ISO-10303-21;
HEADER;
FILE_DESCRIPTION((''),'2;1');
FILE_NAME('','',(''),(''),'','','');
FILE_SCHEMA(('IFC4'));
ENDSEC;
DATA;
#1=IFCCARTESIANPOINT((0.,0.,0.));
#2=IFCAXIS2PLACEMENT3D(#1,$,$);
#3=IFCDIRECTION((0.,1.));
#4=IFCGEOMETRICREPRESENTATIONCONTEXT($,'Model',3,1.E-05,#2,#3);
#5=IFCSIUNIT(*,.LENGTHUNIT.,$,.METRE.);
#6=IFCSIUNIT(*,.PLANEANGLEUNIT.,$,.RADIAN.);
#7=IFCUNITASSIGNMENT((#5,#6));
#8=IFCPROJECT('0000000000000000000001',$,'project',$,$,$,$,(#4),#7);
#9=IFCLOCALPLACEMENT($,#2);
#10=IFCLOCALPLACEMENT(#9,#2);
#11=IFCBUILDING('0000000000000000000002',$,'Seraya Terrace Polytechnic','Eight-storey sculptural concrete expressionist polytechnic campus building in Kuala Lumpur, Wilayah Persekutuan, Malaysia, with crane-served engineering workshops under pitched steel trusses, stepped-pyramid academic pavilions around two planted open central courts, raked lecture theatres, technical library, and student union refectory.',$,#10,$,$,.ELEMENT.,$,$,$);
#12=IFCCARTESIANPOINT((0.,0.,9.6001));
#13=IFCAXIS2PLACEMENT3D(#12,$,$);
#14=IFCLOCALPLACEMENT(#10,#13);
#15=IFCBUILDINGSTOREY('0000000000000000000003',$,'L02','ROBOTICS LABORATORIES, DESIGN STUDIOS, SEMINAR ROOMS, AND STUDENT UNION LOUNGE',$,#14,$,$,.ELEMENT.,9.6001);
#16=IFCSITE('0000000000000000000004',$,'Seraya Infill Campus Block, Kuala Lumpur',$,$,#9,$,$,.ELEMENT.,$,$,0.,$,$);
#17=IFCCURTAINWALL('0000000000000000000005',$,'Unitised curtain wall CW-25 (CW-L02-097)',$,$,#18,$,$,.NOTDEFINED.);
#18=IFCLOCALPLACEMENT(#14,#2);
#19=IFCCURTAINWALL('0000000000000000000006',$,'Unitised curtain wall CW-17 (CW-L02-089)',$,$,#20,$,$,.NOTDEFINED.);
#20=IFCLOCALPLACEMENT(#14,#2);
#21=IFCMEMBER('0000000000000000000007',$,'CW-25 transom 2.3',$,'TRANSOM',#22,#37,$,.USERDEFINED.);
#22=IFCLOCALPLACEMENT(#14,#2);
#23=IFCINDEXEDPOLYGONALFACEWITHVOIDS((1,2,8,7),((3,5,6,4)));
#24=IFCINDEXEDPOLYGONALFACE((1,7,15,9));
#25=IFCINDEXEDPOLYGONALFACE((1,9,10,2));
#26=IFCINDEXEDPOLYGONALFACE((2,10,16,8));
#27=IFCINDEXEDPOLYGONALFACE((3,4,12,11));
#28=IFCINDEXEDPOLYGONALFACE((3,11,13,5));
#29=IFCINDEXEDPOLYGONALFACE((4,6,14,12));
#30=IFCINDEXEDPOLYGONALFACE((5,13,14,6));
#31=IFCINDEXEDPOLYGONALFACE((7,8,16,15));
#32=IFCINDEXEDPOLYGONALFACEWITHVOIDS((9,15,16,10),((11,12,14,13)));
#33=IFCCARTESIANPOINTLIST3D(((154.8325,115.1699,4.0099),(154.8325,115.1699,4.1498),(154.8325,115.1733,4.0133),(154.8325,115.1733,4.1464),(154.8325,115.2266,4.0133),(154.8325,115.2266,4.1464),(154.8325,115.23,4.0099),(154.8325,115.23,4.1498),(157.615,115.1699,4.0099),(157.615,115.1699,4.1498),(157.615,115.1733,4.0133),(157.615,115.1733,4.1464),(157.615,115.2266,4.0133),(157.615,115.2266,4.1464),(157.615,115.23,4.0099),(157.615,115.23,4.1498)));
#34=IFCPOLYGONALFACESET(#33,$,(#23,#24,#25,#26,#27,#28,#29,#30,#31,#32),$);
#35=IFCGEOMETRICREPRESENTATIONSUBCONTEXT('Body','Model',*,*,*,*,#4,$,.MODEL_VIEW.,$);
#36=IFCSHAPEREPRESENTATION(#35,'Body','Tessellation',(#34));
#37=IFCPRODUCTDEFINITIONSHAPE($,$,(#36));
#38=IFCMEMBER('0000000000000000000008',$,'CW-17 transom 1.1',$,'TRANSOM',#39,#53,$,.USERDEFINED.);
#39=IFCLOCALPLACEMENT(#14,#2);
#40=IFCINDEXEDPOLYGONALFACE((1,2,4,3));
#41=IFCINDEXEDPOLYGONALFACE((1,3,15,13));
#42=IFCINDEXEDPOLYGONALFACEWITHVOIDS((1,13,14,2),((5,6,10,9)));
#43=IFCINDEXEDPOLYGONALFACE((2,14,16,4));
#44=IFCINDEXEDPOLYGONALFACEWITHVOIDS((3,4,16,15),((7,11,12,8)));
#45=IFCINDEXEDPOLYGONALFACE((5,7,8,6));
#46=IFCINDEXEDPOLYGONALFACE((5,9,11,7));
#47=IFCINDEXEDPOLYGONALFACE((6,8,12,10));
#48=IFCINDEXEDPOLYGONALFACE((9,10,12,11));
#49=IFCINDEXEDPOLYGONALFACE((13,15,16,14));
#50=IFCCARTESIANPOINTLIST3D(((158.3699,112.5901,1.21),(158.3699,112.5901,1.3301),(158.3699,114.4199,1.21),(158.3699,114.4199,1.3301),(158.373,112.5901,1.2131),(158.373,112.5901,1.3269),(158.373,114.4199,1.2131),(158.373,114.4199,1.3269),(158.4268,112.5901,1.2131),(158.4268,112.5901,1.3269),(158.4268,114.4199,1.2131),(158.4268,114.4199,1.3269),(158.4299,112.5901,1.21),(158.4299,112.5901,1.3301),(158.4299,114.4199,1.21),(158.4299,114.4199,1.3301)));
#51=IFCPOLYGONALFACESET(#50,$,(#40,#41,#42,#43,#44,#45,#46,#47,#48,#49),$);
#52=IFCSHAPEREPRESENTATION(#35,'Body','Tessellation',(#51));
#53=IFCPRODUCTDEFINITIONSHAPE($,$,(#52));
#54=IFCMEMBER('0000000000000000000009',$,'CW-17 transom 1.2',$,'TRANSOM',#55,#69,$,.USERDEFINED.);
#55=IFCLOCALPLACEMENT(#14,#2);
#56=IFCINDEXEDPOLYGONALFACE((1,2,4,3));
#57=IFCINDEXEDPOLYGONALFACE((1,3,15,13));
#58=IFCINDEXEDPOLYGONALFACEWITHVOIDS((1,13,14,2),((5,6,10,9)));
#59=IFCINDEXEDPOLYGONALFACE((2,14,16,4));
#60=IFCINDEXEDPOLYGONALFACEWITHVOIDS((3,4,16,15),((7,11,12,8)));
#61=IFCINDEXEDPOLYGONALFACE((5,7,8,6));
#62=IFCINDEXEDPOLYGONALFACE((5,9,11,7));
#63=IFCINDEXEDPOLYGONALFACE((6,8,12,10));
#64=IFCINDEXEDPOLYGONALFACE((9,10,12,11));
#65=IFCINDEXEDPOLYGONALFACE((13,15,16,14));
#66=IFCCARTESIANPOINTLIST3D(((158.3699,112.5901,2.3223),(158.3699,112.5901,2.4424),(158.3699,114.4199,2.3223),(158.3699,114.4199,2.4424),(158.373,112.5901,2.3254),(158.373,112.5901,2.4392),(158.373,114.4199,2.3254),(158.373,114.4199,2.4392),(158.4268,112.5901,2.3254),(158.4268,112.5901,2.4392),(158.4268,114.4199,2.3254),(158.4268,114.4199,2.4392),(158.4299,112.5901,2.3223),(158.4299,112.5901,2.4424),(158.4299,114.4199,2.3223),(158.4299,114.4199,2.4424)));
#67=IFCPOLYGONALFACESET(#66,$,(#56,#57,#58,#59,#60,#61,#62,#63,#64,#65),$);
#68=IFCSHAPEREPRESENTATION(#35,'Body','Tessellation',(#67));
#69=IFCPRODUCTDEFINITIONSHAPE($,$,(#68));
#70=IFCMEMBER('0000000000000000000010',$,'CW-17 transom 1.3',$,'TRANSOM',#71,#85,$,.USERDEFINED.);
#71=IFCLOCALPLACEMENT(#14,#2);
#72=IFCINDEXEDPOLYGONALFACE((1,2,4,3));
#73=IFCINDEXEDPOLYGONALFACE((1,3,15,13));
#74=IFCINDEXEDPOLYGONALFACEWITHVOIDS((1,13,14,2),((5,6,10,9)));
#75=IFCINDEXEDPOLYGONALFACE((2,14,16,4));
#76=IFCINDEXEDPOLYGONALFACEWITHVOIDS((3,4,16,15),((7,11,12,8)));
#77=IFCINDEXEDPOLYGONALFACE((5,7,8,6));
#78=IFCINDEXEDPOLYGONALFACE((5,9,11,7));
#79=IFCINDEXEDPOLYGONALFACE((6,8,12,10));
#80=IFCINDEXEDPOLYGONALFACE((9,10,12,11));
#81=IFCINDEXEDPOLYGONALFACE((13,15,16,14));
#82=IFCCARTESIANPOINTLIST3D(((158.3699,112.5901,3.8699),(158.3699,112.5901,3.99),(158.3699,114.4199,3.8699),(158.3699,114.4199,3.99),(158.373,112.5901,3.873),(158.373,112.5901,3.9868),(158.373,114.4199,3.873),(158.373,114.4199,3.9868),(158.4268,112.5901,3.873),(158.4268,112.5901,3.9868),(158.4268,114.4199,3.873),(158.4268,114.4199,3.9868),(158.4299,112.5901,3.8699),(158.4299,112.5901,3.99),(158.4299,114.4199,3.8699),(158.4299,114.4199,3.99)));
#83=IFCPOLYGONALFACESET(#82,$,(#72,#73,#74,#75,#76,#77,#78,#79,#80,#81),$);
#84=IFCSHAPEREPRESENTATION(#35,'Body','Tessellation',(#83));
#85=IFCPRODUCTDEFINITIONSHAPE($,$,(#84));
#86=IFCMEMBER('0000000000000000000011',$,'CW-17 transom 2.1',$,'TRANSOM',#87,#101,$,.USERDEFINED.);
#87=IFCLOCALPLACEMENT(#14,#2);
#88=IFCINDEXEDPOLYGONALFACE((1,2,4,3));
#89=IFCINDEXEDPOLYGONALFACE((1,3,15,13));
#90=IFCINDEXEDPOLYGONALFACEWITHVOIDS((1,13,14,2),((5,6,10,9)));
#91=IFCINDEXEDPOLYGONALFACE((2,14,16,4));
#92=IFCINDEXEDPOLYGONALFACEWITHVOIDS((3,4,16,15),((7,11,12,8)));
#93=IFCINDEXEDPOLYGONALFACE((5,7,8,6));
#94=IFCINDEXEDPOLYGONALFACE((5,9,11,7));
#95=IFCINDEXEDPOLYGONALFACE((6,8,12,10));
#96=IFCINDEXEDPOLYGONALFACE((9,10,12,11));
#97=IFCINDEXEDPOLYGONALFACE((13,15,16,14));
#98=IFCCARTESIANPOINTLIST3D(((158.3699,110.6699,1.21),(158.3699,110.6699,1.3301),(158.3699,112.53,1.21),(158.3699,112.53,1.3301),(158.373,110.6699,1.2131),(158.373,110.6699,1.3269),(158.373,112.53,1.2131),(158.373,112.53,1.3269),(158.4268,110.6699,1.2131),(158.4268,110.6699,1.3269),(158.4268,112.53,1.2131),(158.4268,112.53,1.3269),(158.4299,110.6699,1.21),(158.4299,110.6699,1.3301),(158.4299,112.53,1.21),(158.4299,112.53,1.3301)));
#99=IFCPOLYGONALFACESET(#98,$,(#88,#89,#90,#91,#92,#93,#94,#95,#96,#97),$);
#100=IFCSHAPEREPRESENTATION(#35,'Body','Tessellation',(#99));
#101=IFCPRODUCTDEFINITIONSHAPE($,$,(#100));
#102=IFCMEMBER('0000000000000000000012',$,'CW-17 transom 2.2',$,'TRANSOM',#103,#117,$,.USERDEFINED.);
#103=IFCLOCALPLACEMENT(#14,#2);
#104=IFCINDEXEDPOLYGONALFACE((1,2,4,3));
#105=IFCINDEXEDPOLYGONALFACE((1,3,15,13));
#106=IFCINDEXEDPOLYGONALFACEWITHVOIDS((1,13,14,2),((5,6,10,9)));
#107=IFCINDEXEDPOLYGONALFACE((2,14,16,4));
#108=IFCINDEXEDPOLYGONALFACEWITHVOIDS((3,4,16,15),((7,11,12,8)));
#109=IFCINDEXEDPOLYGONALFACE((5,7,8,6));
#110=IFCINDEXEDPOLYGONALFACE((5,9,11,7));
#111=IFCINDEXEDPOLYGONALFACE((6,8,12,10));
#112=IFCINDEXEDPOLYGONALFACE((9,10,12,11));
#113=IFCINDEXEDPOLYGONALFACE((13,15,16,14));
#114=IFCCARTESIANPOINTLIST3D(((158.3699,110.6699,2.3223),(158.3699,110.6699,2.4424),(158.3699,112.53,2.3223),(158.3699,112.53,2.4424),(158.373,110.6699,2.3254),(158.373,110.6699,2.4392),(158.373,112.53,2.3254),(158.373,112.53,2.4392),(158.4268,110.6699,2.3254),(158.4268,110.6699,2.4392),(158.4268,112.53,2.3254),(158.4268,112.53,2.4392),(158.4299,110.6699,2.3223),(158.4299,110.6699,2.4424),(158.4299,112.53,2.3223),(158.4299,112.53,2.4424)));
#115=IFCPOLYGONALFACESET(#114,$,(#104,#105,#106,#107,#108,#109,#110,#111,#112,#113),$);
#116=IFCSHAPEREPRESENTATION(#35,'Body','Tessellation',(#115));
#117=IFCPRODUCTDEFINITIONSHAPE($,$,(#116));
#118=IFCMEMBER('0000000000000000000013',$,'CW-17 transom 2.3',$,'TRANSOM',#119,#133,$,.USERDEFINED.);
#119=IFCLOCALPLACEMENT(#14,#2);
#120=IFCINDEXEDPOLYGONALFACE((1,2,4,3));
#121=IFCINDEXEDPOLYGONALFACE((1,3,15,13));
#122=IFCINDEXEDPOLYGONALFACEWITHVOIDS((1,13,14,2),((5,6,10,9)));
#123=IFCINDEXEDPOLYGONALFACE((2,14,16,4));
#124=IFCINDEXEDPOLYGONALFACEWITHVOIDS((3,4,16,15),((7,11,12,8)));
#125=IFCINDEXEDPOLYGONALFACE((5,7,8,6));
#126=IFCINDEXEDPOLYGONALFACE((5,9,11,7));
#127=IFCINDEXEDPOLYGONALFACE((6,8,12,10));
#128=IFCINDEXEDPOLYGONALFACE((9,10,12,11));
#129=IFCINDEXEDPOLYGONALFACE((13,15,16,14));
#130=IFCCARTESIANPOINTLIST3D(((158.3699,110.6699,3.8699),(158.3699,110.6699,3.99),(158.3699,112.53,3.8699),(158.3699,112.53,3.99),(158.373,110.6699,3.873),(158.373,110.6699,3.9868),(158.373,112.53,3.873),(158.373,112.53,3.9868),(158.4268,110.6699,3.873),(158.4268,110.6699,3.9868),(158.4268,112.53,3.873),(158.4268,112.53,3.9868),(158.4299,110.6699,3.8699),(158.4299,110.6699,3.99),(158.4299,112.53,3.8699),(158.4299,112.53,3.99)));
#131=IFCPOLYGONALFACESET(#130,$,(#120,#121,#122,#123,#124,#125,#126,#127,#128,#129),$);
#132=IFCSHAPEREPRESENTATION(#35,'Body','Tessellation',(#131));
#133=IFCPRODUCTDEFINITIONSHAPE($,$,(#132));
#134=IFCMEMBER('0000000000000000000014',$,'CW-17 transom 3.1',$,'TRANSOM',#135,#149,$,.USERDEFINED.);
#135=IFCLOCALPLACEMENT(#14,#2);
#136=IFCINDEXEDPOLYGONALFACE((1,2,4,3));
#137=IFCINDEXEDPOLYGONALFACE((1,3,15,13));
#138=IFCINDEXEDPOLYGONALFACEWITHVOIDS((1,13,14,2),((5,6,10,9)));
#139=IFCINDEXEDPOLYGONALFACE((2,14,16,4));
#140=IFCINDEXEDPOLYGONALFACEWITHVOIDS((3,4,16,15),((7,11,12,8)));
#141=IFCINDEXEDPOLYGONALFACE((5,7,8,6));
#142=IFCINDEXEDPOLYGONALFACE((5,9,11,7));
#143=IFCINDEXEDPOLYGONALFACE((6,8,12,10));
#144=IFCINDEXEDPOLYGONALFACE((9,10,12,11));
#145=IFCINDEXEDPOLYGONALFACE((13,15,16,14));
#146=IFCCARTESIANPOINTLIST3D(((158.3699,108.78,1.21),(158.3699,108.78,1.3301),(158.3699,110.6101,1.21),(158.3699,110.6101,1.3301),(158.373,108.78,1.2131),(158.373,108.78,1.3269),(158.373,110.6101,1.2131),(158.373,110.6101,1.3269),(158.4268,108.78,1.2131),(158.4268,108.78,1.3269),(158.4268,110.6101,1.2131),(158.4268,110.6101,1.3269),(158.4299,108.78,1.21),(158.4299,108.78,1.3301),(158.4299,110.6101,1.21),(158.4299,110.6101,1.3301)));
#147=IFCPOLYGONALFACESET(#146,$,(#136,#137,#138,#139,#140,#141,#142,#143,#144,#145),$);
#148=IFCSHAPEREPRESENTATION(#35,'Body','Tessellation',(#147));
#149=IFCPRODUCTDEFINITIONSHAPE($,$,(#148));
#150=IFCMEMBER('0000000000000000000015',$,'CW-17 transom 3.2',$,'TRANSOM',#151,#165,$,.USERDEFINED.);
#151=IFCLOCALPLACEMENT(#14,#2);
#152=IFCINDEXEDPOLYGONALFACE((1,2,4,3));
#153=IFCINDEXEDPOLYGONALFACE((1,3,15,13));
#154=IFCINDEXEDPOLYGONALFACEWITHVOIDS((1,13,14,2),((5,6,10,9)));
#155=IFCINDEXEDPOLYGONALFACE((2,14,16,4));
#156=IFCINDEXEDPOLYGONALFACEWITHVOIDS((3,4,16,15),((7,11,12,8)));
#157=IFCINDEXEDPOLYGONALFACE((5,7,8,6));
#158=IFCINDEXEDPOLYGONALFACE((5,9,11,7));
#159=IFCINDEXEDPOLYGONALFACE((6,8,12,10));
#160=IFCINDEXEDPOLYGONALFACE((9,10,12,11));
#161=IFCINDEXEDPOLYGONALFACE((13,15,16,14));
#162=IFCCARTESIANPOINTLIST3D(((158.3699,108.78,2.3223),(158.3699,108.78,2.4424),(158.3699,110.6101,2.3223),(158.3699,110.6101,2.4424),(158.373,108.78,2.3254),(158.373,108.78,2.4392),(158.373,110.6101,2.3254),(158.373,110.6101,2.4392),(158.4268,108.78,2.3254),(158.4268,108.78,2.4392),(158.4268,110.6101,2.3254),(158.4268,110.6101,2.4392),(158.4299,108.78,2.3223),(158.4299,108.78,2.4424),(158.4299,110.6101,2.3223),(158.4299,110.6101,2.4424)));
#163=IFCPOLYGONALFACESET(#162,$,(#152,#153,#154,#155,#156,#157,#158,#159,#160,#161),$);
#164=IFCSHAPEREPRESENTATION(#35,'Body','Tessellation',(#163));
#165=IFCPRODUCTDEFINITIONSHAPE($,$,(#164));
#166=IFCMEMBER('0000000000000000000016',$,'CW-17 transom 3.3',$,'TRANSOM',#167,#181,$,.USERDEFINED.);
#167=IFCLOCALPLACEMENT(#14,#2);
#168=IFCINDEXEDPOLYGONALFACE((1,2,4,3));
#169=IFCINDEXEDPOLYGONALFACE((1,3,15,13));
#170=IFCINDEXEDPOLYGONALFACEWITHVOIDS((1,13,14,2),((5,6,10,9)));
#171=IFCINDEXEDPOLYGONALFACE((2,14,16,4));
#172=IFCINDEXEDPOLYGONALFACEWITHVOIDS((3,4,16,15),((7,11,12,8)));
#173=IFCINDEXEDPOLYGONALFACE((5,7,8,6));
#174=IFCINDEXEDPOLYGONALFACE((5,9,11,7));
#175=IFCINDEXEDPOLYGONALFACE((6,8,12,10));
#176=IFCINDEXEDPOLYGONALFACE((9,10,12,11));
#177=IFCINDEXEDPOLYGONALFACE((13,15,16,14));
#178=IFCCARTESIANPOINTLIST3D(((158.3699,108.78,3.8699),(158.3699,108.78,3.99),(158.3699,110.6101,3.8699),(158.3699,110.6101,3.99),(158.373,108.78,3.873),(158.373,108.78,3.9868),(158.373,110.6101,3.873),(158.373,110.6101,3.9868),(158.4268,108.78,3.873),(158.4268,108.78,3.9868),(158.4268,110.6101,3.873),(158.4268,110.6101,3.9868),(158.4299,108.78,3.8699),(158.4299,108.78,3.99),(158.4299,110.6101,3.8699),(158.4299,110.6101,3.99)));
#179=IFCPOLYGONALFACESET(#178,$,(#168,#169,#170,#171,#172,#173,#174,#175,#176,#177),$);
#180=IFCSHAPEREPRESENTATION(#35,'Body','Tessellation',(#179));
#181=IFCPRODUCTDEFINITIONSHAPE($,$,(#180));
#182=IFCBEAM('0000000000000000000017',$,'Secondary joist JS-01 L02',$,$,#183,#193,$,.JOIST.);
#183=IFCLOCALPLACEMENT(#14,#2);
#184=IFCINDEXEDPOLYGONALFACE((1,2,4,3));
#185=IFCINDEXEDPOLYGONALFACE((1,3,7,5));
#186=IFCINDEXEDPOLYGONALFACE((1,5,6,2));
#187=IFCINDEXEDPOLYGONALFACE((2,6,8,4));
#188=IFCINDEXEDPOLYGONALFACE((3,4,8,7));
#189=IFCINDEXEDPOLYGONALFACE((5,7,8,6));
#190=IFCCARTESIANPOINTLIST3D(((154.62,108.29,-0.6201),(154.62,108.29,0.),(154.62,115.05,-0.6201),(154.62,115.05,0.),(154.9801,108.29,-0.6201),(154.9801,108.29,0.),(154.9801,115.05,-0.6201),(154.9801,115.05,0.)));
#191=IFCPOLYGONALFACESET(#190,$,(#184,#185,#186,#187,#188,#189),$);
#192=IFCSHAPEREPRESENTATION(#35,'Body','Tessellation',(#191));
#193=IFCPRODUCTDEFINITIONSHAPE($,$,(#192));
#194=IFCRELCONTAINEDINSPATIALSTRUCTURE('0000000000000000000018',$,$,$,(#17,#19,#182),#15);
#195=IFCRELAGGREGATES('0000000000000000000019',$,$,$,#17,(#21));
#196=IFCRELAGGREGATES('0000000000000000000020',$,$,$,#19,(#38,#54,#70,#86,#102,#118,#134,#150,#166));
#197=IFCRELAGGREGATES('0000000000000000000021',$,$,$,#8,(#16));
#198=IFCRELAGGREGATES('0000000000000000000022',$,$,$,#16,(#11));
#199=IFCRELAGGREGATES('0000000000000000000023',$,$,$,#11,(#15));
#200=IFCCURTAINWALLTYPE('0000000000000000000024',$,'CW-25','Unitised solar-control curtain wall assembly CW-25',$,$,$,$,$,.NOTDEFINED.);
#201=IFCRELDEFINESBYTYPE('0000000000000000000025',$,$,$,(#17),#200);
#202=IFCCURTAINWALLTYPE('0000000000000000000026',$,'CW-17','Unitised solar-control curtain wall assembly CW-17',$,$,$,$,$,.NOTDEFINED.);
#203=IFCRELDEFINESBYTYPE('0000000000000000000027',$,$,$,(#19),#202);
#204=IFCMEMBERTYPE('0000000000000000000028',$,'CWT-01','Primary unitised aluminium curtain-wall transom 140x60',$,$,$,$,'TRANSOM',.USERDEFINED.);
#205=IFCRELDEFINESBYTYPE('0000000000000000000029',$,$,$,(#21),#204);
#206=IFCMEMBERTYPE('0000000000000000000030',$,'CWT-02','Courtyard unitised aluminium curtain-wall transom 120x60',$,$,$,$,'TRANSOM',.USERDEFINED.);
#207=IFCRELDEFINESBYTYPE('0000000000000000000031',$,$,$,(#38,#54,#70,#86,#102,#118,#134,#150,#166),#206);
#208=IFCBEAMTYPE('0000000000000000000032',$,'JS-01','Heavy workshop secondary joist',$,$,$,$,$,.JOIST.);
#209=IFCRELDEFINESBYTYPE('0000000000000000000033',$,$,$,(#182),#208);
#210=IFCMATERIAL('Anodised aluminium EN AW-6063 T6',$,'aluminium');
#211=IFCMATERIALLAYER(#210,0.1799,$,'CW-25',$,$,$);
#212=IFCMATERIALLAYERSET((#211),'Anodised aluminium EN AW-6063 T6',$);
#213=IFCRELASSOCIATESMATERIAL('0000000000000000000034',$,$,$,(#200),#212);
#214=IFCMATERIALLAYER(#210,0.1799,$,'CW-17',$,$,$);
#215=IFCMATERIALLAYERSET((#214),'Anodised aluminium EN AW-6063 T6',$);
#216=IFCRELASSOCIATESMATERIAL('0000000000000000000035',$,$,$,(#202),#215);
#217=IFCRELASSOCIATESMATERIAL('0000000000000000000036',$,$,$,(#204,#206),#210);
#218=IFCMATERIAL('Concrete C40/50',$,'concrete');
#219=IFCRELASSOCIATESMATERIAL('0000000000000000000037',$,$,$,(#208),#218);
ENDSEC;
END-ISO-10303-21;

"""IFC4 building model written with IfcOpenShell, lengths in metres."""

from ifc_helpers import new_model, si_unit, direction, frame, origin, origin_2d, place, context, subcontext, project, spatial, rectangle, hollow_rectangle, extrude, material, layer, layer_set, material_profile, profile_set, type_object, element, aggregate, save


model = new_model("IFC4")

# Units and contexts
model_context = context("Model", 3, precision=1e-05, world=origin(), true_north=direction((0.0, 1.0)))
body_context = subcontext(model_context, "Body", "Model", "MODEL_VIEW")
ifc_project = project(units=[si_unit("LENGTHUNIT", "METRE"), si_unit("PLANEANGLEUNIT", "RADIAN")], contexts=[model_context])

# Site, building, storey
site_placement = place(None, origin())
site = spatial("IfcSite", under=ifc_project, at=site_placement, Name="Seraya Infill Campus Block, Kuala Lumpur", CompositionType="ELEMENT", RefElevation=0.0)
building_placement = place(site_placement, origin())
building = spatial("IfcBuilding", under=site, at=building_placement, Name="Seraya Terrace Polytechnic", Description="Eight-storey sculptural concrete expressionist polytechnic campus building in Kuala Lumpur, Wilayah Persekutuan, Malaysia, with crane-served engineering workshops under pitched steel trusses, stepped-pyramid academic pavilions around two planted open central courts, raked lecture theatres, technical library, and student union refectory.", CompositionType="ELEMENT")
storey_placement = place(building_placement, frame((0.0, 0.0, 9.6001)))
storey = spatial("IfcBuildingStorey", under=building, at=storey_placement, Name="L02", Description="ROBOTICS LABORATORIES, DESIGN STUDIOS, SEMINAR ROOMS, AND STUDENT UNION LOUNGE", CompositionType="ELEMENT", Elevation=9.6001)

# Shared definitions
ifc_material_1 = material(Name="Concrete C40/50", Category="concrete")

# Curtain walls
ifc_material_2 = material(Name="Anodised aluminium EN AW-6063 T6", Category="aluminium")
ifc_layer_1 = layer(ifc_material_2, 0.1799, Name="CW-25")
ifc_layer_set_1 = layer_set([ifc_layer_1], Name="Anodised aluminium EN AW-6063 T6")
curtain_wall_type_1 = type_object("IfcCurtainWallType", Name="CW-25", Description="Unitised solar-control curtain wall assembly CW-25", PredefinedType="NOTDEFINED", material=ifc_layer_set_1)
curtain_wall_1_placement = place(storey_placement, origin())
curtain_wall_1 = element("IfcCurtainWall", 1, at=curtain_wall_1_placement, inside=storey, type_object=curtain_wall_type_1, Name="Unitised curtain wall CW-25 (CW-L02-097)", PredefinedType="NOTDEFINED")
ifc_layer_2 = layer(ifc_material_2, 0.1799, Name="CW-17")
ifc_layer_set_2 = layer_set([ifc_layer_2], Name="Anodised aluminium EN AW-6063 T6")
curtain_wall_type_2 = type_object("IfcCurtainWallType", Name="CW-17", Description="Unitised solar-control curtain wall assembly CW-17", PredefinedType="NOTDEFINED", material=ifc_layer_set_2)
curtain_wall_2_placement = place(storey_placement, origin())
curtain_wall_2 = element("IfcCurtainWall", 2, at=curtain_wall_2_placement, inside=storey, type_object=curtain_wall_type_2, Name="Unitised curtain wall CW-17 (CW-L02-089)", PredefinedType="NOTDEFINED")

# Members
ifc_material_profile_1 = material_profile(ifc_material_2, hollow_rectangle(XDim=0.0601, YDim=0.1399, WallThickness=0.0034, at=origin_2d()), Name="RHS 140x60x3.5")
ifc_profile_set_1 = profile_set([ifc_material_profile_1], Name="Anodised aluminium EN AW-6063 T6")
member_type_1 = type_object("IfcMemberType", Name="CWT-01", Description="Primary unitised aluminium curtain-wall transom 140x60", ElementType="TRANSOM", PredefinedType="USERDEFINED", material=ifc_profile_set_1)
member_1_placement = place(storey_placement, frame((154.8325, 115.2, 4.0798), z_axis=(1.0, 0.0, 0.0), x_axis=(0.0, 1.0, 0.0)))
member_1 = element("IfcMember", 3, at=member_1_placement, type_object=member_type_1, Name="CW-25 transom 2.3", ObjectType="TRANSOM", PredefinedType="USERDEFINED", context=body_context, shape_type="SweptSolid", body=[
    extrude(hollow_rectangle(XDim=0.0601, YDim=0.1399, WallThickness=0.0034, at=origin_2d()), origin(), (0.0, 0.0, 1.0), 2.7825),
])
ifc_material_profile_2 = material_profile(ifc_material_2, hollow_rectangle(XDim=0.0601, YDim=0.1201, WallThickness=0.0032, at=origin_2d()), Name="RHS 120x60x3.2")
ifc_profile_set_2 = profile_set([ifc_material_profile_2], Name="Anodised aluminium EN AW-6063 T6")
member_type_2 = type_object("IfcMemberType", Name="CWT-02", Description="Courtyard unitised aluminium curtain-wall transom 120x60", ElementType="TRANSOM", PredefinedType="USERDEFINED", material=ifc_profile_set_2)
member_2_placement = place(storey_placement, frame((158.3999, 114.4199, 1.27), z_axis=(0.0, -1.0, 0.0), x_axis=(1.0, 0.0, 0.0)))
member_2 = element("IfcMember", 4, at=member_2_placement, type_object=member_type_2, Name="CW-17 transom 1.1", ObjectType="TRANSOM", PredefinedType="USERDEFINED", context=body_context, shape_type="SweptSolid", body=[
    extrude(hollow_rectangle(XDim=0.0601, YDim=0.1201, WallThickness=0.0032, at=origin_2d()), origin(), (0.0, 0.0, 1.0), 1.8298),
])
member_3_placement = place(storey_placement, frame((158.3999, 114.4199, 2.3823), z_axis=(0.0, -1.0, 0.0), x_axis=(1.0, 0.0, 0.0)))
member_3 = element("IfcMember", 5, at=member_3_placement, type_object=member_type_2, Name="CW-17 transom 1.2", ObjectType="TRANSOM", PredefinedType="USERDEFINED", context=body_context, shape_type="SweptSolid", body=[
    extrude(hollow_rectangle(XDim=0.0601, YDim=0.1201, WallThickness=0.0032, at=origin_2d()), origin(), (0.0, 0.0, 1.0), 1.8298),
])
member_4_placement = place(storey_placement, frame((158.3999, 114.4199, 3.9299), z_axis=(0.0, -1.0, 0.0), x_axis=(1.0, 0.0, 0.0)))
member_4 = element("IfcMember", 6, at=member_4_placement, type_object=member_type_2, Name="CW-17 transom 1.3", ObjectType="TRANSOM", PredefinedType="USERDEFINED", context=body_context, shape_type="SweptSolid", body=[
    extrude(hollow_rectangle(XDim=0.0601, YDim=0.1201, WallThickness=0.0032, at=origin_2d()), origin(), (0.0, 0.0, 1.0), 1.8298),
])
member_5_placement = place(storey_placement, frame((158.3999, 112.53, 1.27), z_axis=(0.0, -1.0, 0.0), x_axis=(1.0, 0.0, 0.0)))
member_5 = element("IfcMember", 7, at=member_5_placement, type_object=member_type_2, Name="CW-17 transom 2.1", ObjectType="TRANSOM", PredefinedType="USERDEFINED", context=body_context, shape_type="SweptSolid", body=[
    extrude(hollow_rectangle(XDim=0.0601, YDim=0.1201, WallThickness=0.0032, at=origin_2d()), origin(), (0.0, 0.0, 1.0), 1.8601),
])
member_6_placement = place(storey_placement, frame((158.3999, 112.53, 2.3823), z_axis=(0.0, -1.0, 0.0), x_axis=(1.0, 0.0, 0.0)))
member_6 = element("IfcMember", 8, at=member_6_placement, type_object=member_type_2, Name="CW-17 transom 2.2", ObjectType="TRANSOM", PredefinedType="USERDEFINED", context=body_context, shape_type="SweptSolid", body=[
    extrude(hollow_rectangle(XDim=0.0601, YDim=0.1201, WallThickness=0.0032, at=origin_2d()), origin(), (0.0, 0.0, 1.0), 1.8601),
])
member_7_placement = place(storey_placement, frame((158.3999, 112.53, 3.9299), z_axis=(0.0, -1.0, 0.0), x_axis=(1.0, 0.0, 0.0)))
member_7 = element("IfcMember", 9, at=member_7_placement, type_object=member_type_2, Name="CW-17 transom 2.3", ObjectType="TRANSOM", PredefinedType="USERDEFINED", context=body_context, shape_type="SweptSolid", body=[
    extrude(hollow_rectangle(XDim=0.0601, YDim=0.1201, WallThickness=0.0032, at=origin_2d()), origin(), (0.0, 0.0, 1.0), 1.8601),
])
member_8_placement = place(storey_placement, frame((158.3999, 110.6101, 1.27), z_axis=(0.0, -1.0, 0.0), x_axis=(1.0, 0.0, 0.0)))
member_8 = element("IfcMember", 10, at=member_8_placement, type_object=member_type_2, Name="CW-17 transom 3.1", ObjectType="TRANSOM", PredefinedType="USERDEFINED", context=body_context, shape_type="SweptSolid", body=[
    extrude(hollow_rectangle(XDim=0.0601, YDim=0.1201, WallThickness=0.0032, at=origin_2d()), origin(), (0.0, 0.0, 1.0), 1.8301),
])
member_9_placement = place(storey_placement, frame((158.3999, 110.6101, 2.3823), z_axis=(0.0, -1.0, 0.0), x_axis=(1.0, 0.0, 0.0)))
member_9 = element("IfcMember", 11, at=member_9_placement, type_object=member_type_2, Name="CW-17 transom 3.2", ObjectType="TRANSOM", PredefinedType="USERDEFINED", context=body_context, shape_type="SweptSolid", body=[
    extrude(hollow_rectangle(XDim=0.0601, YDim=0.1201, WallThickness=0.0032, at=origin_2d()), origin(), (0.0, 0.0, 1.0), 1.8301),
])
member_10_placement = place(storey_placement, frame((158.3999, 110.6101, 3.9299), z_axis=(0.0, -1.0, 0.0), x_axis=(1.0, 0.0, 0.0)))
member_10 = element("IfcMember", 12, at=member_10_placement, type_object=member_type_2, Name="CW-17 transom 3.3", ObjectType="TRANSOM", PredefinedType="USERDEFINED", context=body_context, shape_type="SweptSolid", body=[
    extrude(hollow_rectangle(XDim=0.0601, YDim=0.1201, WallThickness=0.0032, at=origin_2d()), origin(), (0.0, 0.0, 1.0), 1.8301),
])

# Beam
ifc_material_profile_3 = material_profile(ifc_material_1, rectangle(XDim=0.3601, YDim=0.6201, at=origin_2d()), Name="RC 360x620")
ifc_profile_set_3 = profile_set([ifc_material_profile_3], Name="Concrete C40/50")
beam_type_1 = type_object("IfcBeamType", Name="JS-01", Description="Heavy workshop secondary joist", PredefinedType="JOIST", material=ifc_profile_set_3)
beam_1_placement = place(storey_placement, frame((154.8, 108.29, -0.3101), z_axis=(0.0, 1.0, 0.0), x_axis=(-1.0, 0.0, 0.0)))
element("IfcBeam", 13, at=beam_1_placement, inside=storey, type_object=beam_type_1, Name="Secondary joist JS-01 L02", PredefinedType="JOIST", context=body_context, shape_type="SweptSolid", body=[
    extrude(rectangle(XDim=0.3601, YDim=0.6201, at=origin_2d()), origin(), (0.0, 0.0, 1.0), 6.76),
])

aggregate(curtain_wall_1, [member_1])
aggregate(curtain_wall_2, [member_2, member_3, member_4, member_5, member_6, member_7, member_8, member_9, member_10])

save(model, "model.ifc")
